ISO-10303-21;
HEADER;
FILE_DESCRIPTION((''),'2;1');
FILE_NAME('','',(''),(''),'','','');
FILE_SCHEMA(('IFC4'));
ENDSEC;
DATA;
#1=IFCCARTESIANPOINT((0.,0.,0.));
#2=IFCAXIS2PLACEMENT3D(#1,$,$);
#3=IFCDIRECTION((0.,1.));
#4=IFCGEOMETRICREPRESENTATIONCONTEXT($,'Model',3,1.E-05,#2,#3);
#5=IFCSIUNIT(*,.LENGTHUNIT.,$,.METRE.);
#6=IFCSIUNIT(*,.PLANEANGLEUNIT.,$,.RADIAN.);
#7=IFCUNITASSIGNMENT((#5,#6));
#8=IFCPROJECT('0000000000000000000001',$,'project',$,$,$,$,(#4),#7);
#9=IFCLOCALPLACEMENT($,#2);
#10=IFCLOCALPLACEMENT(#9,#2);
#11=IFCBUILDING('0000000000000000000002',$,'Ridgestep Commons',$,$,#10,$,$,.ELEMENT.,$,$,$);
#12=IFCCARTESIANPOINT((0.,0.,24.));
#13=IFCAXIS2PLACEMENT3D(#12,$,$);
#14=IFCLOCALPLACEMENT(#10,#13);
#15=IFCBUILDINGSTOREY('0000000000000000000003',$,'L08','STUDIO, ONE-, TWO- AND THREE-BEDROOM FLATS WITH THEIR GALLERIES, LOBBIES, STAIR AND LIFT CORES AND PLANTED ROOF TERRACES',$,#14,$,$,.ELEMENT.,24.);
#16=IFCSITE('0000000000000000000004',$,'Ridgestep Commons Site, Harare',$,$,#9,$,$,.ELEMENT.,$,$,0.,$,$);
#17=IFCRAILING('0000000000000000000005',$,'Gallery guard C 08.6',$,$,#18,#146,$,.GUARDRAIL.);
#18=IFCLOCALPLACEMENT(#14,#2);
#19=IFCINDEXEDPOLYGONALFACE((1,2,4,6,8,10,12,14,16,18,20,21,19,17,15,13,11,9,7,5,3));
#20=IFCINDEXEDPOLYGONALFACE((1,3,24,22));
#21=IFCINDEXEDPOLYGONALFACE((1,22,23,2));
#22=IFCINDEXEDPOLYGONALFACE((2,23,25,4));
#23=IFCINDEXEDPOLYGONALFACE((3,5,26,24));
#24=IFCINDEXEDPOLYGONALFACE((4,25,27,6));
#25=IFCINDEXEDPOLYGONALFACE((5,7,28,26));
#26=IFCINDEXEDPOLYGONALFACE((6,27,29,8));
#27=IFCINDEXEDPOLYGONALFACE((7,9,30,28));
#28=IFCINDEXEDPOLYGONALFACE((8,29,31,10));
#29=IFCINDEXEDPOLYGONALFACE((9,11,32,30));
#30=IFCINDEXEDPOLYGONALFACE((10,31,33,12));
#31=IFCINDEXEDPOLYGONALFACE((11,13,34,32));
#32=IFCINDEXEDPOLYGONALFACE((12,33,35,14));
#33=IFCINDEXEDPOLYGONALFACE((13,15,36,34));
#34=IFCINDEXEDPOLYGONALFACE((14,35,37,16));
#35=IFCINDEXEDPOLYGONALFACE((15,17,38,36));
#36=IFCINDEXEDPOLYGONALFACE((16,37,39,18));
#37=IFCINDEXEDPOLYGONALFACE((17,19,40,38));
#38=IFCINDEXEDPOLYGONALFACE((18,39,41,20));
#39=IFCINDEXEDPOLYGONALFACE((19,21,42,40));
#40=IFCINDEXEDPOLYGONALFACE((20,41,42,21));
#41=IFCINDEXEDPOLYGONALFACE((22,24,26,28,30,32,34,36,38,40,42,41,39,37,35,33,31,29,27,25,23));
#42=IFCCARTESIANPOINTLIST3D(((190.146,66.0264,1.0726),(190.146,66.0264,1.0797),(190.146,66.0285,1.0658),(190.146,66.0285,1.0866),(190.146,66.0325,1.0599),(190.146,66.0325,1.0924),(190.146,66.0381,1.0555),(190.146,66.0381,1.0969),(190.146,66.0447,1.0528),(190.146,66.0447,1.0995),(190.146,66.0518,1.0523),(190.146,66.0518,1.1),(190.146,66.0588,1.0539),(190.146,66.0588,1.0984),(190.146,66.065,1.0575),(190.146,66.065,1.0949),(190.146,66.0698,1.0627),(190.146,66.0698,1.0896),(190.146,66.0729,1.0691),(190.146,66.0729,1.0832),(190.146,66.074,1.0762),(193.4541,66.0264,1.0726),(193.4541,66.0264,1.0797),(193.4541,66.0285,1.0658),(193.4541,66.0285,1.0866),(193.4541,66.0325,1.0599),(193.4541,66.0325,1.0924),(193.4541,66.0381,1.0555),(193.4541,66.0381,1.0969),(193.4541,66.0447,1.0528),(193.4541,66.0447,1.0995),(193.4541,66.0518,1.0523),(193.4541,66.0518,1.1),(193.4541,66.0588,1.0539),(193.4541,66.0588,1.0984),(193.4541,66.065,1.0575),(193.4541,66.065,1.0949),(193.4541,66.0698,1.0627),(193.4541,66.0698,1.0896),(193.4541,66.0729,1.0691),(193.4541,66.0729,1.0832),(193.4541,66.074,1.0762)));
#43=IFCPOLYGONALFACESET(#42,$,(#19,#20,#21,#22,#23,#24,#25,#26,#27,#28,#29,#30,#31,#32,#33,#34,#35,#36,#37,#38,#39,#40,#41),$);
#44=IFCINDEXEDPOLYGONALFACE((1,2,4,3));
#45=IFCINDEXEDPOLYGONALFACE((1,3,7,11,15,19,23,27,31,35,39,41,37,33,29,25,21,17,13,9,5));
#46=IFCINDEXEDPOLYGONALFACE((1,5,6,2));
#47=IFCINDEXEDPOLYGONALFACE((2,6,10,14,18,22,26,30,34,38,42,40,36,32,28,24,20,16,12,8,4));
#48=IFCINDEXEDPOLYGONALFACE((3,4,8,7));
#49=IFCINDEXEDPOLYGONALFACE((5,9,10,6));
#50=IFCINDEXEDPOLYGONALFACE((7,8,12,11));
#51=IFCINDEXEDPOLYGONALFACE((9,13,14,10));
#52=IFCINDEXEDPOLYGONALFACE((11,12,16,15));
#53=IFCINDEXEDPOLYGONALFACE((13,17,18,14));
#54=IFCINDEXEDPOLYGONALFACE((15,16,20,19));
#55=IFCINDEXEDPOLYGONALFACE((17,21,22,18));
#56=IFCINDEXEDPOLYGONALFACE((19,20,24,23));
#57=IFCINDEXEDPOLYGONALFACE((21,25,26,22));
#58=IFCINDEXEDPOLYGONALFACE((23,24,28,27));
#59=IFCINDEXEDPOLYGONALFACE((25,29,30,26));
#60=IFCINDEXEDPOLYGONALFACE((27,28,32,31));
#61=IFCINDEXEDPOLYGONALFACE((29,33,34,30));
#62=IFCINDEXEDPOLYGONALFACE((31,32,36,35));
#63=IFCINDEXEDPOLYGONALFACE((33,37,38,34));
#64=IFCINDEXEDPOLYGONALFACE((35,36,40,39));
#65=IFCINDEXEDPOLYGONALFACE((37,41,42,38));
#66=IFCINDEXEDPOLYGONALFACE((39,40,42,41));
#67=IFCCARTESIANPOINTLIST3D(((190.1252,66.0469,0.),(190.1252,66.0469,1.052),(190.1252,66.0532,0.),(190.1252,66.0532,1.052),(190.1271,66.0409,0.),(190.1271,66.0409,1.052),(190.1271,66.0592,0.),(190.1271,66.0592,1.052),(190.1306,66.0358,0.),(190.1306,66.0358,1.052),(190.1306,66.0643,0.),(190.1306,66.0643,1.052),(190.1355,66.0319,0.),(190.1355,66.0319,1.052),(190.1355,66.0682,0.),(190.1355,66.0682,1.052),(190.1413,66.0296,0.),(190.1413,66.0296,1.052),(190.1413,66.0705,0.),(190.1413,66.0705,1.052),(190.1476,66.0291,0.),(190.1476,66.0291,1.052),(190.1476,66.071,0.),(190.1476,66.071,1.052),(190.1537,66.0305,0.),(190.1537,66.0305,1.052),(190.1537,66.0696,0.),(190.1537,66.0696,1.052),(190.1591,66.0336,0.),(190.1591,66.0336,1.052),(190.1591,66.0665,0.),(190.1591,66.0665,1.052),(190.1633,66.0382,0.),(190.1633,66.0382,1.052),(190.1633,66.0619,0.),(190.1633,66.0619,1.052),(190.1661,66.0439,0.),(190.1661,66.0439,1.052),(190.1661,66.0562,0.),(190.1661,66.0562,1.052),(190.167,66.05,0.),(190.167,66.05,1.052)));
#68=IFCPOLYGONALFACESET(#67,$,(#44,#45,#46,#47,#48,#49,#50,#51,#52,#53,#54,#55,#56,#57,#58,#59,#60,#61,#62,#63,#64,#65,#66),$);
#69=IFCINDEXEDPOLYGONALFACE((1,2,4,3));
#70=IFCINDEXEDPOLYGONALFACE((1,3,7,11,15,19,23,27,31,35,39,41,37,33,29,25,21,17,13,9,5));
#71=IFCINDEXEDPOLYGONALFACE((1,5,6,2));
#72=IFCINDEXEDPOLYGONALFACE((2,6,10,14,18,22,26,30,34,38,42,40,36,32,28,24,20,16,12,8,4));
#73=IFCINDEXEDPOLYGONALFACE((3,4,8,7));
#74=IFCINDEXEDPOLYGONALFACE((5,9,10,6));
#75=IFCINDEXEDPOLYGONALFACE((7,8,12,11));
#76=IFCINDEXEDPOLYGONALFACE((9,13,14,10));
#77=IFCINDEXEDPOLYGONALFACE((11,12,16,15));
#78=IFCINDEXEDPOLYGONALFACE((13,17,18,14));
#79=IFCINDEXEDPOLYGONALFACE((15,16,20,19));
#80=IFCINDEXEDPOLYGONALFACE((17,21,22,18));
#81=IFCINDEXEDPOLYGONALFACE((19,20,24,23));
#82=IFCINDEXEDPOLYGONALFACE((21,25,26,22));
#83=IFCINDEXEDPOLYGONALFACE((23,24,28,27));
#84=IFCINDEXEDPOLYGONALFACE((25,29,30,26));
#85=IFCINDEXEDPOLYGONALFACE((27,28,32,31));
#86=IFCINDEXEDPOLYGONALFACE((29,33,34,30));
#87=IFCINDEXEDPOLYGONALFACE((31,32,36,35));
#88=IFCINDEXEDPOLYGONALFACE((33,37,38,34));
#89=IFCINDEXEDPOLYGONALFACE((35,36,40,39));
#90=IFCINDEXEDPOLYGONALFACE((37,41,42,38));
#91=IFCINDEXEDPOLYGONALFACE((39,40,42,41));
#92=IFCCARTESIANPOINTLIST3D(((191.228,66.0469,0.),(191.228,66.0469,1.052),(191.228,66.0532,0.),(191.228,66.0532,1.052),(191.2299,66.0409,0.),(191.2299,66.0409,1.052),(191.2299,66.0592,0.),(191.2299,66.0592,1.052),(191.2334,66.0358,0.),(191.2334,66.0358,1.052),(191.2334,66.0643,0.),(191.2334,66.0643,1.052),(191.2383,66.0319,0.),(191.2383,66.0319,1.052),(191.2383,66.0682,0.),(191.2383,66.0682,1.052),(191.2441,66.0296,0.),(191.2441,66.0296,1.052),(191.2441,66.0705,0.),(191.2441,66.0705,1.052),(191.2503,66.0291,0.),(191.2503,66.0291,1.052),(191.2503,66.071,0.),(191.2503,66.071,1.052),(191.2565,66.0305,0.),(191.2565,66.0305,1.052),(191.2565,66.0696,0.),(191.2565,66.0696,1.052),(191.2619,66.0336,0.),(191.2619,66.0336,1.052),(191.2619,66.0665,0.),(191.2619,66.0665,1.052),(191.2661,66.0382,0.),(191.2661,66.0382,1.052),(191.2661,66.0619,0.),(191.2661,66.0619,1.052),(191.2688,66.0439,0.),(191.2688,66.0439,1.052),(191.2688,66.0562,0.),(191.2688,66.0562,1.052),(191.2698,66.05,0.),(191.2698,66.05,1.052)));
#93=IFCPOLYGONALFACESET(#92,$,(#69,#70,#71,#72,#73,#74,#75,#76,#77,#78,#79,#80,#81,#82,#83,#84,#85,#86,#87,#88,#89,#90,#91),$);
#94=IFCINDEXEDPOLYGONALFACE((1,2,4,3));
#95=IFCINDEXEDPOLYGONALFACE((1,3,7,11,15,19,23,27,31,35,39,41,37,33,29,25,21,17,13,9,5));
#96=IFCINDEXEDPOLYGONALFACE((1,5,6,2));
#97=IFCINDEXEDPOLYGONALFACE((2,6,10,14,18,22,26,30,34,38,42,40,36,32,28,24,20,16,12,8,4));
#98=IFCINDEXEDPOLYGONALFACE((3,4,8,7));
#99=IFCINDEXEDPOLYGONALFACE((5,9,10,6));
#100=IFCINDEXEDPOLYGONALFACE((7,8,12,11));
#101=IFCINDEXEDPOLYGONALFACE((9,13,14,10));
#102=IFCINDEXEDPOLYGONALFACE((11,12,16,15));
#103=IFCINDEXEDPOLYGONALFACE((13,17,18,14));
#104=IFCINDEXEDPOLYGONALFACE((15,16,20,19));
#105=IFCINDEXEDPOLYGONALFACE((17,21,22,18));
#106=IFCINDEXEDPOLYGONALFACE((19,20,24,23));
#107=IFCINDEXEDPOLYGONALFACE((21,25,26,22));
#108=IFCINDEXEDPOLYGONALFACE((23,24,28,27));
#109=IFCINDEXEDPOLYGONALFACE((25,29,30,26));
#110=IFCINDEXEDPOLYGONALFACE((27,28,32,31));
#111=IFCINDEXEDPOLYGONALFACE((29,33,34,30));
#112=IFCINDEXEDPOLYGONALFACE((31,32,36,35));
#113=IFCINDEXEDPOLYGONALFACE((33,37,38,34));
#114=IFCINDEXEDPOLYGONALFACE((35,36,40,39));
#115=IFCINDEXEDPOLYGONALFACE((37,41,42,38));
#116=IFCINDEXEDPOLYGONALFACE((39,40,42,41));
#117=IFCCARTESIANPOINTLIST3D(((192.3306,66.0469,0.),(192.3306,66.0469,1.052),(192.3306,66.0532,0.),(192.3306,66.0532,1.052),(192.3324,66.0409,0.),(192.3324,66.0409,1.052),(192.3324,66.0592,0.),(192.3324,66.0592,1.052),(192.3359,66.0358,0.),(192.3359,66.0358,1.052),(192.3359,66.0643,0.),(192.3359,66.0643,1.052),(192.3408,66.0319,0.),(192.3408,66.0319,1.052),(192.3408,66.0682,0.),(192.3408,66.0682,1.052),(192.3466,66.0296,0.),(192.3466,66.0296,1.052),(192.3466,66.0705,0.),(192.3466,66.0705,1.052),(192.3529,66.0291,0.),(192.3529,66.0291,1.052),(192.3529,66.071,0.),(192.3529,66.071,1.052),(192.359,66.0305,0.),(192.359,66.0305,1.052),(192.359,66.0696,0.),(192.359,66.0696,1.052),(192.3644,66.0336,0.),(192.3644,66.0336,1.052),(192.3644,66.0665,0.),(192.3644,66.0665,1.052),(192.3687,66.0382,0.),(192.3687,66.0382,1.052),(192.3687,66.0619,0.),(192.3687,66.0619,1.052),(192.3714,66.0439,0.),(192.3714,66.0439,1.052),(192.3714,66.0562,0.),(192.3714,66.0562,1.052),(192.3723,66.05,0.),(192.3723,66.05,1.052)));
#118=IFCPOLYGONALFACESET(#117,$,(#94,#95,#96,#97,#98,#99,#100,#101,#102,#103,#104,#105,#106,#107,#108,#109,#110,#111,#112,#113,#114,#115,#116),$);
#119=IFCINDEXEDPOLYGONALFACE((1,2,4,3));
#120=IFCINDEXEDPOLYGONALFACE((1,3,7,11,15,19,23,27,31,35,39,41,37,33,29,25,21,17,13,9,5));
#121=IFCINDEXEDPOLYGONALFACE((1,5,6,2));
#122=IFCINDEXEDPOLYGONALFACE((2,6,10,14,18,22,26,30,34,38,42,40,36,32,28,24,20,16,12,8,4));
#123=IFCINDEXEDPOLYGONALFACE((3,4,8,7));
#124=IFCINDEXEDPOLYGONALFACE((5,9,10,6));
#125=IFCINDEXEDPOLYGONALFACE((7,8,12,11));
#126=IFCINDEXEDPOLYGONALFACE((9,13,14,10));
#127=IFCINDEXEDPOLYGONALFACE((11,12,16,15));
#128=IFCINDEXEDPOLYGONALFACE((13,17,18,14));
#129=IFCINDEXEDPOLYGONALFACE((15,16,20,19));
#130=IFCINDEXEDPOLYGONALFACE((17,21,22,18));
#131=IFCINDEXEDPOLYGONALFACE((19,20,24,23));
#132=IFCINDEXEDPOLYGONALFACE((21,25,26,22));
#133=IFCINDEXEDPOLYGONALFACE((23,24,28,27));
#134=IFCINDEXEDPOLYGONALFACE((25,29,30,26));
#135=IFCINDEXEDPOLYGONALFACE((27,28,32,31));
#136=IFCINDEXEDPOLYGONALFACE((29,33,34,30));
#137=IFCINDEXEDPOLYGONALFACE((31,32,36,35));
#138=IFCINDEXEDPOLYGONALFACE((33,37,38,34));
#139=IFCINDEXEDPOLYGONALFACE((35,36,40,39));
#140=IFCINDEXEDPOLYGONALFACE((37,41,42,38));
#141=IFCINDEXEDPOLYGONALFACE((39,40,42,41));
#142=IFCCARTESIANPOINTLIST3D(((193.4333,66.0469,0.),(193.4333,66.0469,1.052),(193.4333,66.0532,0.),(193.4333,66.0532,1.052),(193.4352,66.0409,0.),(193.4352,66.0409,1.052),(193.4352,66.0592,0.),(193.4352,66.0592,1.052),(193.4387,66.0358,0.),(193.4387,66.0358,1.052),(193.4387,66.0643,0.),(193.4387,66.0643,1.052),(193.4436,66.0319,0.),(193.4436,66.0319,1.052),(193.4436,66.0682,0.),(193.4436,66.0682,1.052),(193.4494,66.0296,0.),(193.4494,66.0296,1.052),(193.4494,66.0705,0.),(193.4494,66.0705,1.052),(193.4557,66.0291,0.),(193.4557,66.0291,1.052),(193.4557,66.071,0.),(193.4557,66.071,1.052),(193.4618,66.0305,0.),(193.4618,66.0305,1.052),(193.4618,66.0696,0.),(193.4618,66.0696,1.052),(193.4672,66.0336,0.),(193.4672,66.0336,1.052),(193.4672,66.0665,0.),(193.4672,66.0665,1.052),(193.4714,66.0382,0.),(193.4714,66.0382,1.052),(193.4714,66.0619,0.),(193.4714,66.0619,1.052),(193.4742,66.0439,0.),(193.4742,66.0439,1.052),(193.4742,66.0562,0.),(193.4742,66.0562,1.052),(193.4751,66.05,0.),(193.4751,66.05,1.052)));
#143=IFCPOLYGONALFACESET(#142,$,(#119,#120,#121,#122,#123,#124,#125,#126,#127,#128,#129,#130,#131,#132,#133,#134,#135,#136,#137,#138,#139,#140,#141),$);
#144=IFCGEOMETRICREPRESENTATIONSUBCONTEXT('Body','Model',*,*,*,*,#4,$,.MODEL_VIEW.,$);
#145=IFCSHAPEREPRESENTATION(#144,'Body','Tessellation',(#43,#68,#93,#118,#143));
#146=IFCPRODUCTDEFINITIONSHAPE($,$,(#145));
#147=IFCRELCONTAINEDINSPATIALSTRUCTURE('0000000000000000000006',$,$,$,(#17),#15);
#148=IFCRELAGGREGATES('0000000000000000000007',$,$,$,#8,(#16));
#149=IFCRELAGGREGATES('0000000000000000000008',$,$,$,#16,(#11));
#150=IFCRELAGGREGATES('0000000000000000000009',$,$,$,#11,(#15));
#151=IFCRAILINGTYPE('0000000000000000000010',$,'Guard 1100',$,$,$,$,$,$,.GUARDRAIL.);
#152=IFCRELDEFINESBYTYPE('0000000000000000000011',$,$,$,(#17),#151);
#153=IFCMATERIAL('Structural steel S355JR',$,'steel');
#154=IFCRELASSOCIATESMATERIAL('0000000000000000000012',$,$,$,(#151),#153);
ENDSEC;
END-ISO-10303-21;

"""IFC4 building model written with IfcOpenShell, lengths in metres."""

from ifc_helpers import new_model, si_unit, direction, frame, origin, origin_2d, place, context, subcontext, project, spatial, circle, extrude, material, type_object, element, save


model = new_model("IFC4")

# Units and contexts
model_context = context("Model", 3, precision=1e-05, world=origin(), true_north=direction((0.0, 1.0)))
body_context = subcontext(model_context, "Body", "Model", "MODEL_VIEW")
ifc_project = project(units=[si_unit("LENGTHUNIT", "METRE"), si_unit("PLANEANGLEUNIT", "RADIAN")], contexts=[model_context])

# Site, building, storey
site_placement = place(None, origin())
site = spatial("IfcSite", under=ifc_project, at=site_placement, Name="Ridgestep Commons Site, Harare", CompositionType="ELEMENT", RefElevation=0.0)
building_placement = place(site_placement, origin())
building = spatial("IfcBuilding", under=site, at=building_placement, Name="Ridgestep Commons", CompositionType="ELEMENT")
storey_placement = place(building_placement, frame((0.0, 0.0, 24.0)))
storey = spatial("IfcBuildingStorey", under=building, at=storey_placement, Name="L08", Description="STUDIO, ONE-, TWO- AND THREE-BEDROOM FLATS WITH THEIR GALLERIES, LOBBIES, STAIR AND LIFT CORES AND PLANTED ROOF TERRACES", CompositionType="ELEMENT", Elevation=24.0)

# Railing
ifc_material_1 = material(Name="Structural steel S355JR", Category="steel")
railing_type_1 = type_object("IfcRailingType", Name="Guard 1100", PredefinedType="GUARDRAIL", material=ifc_material_1)
railing_1_placement = place(storey_placement, frame((190.146, 66.05, 0.0)))
element("IfcRailing", 1, at=railing_1_placement, inside=storey, type_object=railing_type_1, Name="Gallery guard C 08.6", PredefinedType="GUARDRAIL", context=body_context, shape_type="SweptSolid", body=[
    extrude(circle(Radius=0.0239, at=origin_2d()), frame((0.0, 0.0, 1.0762), z_axis=(1.0, 0.0, 0.0), x_axis=(0.0, 1.0, 0.0)), (0.0, 0.0, 1.0), 3.3081),
    extrude(circle(Radius=0.021, at=origin_2d()), origin(), (0.0, 0.0, 1.0), 1.052),
    extrude(circle(Radius=0.021, at=origin_2d()), frame((1.1028, 0.0, 0.0)), (0.0, 0.0, 1.0), 1.052),
    extrude(circle(Radius=0.021, at=origin_2d()), frame((2.2053, 0.0, 0.0)), (0.0, 0.0, 1.0), 1.052),
    extrude(circle(Radius=0.021, at=origin_2d()), frame((3.3081, 0.0, 0.0)), (0.0, 0.0, 1.0), 1.052),
])

save(model, "model.ifc")
